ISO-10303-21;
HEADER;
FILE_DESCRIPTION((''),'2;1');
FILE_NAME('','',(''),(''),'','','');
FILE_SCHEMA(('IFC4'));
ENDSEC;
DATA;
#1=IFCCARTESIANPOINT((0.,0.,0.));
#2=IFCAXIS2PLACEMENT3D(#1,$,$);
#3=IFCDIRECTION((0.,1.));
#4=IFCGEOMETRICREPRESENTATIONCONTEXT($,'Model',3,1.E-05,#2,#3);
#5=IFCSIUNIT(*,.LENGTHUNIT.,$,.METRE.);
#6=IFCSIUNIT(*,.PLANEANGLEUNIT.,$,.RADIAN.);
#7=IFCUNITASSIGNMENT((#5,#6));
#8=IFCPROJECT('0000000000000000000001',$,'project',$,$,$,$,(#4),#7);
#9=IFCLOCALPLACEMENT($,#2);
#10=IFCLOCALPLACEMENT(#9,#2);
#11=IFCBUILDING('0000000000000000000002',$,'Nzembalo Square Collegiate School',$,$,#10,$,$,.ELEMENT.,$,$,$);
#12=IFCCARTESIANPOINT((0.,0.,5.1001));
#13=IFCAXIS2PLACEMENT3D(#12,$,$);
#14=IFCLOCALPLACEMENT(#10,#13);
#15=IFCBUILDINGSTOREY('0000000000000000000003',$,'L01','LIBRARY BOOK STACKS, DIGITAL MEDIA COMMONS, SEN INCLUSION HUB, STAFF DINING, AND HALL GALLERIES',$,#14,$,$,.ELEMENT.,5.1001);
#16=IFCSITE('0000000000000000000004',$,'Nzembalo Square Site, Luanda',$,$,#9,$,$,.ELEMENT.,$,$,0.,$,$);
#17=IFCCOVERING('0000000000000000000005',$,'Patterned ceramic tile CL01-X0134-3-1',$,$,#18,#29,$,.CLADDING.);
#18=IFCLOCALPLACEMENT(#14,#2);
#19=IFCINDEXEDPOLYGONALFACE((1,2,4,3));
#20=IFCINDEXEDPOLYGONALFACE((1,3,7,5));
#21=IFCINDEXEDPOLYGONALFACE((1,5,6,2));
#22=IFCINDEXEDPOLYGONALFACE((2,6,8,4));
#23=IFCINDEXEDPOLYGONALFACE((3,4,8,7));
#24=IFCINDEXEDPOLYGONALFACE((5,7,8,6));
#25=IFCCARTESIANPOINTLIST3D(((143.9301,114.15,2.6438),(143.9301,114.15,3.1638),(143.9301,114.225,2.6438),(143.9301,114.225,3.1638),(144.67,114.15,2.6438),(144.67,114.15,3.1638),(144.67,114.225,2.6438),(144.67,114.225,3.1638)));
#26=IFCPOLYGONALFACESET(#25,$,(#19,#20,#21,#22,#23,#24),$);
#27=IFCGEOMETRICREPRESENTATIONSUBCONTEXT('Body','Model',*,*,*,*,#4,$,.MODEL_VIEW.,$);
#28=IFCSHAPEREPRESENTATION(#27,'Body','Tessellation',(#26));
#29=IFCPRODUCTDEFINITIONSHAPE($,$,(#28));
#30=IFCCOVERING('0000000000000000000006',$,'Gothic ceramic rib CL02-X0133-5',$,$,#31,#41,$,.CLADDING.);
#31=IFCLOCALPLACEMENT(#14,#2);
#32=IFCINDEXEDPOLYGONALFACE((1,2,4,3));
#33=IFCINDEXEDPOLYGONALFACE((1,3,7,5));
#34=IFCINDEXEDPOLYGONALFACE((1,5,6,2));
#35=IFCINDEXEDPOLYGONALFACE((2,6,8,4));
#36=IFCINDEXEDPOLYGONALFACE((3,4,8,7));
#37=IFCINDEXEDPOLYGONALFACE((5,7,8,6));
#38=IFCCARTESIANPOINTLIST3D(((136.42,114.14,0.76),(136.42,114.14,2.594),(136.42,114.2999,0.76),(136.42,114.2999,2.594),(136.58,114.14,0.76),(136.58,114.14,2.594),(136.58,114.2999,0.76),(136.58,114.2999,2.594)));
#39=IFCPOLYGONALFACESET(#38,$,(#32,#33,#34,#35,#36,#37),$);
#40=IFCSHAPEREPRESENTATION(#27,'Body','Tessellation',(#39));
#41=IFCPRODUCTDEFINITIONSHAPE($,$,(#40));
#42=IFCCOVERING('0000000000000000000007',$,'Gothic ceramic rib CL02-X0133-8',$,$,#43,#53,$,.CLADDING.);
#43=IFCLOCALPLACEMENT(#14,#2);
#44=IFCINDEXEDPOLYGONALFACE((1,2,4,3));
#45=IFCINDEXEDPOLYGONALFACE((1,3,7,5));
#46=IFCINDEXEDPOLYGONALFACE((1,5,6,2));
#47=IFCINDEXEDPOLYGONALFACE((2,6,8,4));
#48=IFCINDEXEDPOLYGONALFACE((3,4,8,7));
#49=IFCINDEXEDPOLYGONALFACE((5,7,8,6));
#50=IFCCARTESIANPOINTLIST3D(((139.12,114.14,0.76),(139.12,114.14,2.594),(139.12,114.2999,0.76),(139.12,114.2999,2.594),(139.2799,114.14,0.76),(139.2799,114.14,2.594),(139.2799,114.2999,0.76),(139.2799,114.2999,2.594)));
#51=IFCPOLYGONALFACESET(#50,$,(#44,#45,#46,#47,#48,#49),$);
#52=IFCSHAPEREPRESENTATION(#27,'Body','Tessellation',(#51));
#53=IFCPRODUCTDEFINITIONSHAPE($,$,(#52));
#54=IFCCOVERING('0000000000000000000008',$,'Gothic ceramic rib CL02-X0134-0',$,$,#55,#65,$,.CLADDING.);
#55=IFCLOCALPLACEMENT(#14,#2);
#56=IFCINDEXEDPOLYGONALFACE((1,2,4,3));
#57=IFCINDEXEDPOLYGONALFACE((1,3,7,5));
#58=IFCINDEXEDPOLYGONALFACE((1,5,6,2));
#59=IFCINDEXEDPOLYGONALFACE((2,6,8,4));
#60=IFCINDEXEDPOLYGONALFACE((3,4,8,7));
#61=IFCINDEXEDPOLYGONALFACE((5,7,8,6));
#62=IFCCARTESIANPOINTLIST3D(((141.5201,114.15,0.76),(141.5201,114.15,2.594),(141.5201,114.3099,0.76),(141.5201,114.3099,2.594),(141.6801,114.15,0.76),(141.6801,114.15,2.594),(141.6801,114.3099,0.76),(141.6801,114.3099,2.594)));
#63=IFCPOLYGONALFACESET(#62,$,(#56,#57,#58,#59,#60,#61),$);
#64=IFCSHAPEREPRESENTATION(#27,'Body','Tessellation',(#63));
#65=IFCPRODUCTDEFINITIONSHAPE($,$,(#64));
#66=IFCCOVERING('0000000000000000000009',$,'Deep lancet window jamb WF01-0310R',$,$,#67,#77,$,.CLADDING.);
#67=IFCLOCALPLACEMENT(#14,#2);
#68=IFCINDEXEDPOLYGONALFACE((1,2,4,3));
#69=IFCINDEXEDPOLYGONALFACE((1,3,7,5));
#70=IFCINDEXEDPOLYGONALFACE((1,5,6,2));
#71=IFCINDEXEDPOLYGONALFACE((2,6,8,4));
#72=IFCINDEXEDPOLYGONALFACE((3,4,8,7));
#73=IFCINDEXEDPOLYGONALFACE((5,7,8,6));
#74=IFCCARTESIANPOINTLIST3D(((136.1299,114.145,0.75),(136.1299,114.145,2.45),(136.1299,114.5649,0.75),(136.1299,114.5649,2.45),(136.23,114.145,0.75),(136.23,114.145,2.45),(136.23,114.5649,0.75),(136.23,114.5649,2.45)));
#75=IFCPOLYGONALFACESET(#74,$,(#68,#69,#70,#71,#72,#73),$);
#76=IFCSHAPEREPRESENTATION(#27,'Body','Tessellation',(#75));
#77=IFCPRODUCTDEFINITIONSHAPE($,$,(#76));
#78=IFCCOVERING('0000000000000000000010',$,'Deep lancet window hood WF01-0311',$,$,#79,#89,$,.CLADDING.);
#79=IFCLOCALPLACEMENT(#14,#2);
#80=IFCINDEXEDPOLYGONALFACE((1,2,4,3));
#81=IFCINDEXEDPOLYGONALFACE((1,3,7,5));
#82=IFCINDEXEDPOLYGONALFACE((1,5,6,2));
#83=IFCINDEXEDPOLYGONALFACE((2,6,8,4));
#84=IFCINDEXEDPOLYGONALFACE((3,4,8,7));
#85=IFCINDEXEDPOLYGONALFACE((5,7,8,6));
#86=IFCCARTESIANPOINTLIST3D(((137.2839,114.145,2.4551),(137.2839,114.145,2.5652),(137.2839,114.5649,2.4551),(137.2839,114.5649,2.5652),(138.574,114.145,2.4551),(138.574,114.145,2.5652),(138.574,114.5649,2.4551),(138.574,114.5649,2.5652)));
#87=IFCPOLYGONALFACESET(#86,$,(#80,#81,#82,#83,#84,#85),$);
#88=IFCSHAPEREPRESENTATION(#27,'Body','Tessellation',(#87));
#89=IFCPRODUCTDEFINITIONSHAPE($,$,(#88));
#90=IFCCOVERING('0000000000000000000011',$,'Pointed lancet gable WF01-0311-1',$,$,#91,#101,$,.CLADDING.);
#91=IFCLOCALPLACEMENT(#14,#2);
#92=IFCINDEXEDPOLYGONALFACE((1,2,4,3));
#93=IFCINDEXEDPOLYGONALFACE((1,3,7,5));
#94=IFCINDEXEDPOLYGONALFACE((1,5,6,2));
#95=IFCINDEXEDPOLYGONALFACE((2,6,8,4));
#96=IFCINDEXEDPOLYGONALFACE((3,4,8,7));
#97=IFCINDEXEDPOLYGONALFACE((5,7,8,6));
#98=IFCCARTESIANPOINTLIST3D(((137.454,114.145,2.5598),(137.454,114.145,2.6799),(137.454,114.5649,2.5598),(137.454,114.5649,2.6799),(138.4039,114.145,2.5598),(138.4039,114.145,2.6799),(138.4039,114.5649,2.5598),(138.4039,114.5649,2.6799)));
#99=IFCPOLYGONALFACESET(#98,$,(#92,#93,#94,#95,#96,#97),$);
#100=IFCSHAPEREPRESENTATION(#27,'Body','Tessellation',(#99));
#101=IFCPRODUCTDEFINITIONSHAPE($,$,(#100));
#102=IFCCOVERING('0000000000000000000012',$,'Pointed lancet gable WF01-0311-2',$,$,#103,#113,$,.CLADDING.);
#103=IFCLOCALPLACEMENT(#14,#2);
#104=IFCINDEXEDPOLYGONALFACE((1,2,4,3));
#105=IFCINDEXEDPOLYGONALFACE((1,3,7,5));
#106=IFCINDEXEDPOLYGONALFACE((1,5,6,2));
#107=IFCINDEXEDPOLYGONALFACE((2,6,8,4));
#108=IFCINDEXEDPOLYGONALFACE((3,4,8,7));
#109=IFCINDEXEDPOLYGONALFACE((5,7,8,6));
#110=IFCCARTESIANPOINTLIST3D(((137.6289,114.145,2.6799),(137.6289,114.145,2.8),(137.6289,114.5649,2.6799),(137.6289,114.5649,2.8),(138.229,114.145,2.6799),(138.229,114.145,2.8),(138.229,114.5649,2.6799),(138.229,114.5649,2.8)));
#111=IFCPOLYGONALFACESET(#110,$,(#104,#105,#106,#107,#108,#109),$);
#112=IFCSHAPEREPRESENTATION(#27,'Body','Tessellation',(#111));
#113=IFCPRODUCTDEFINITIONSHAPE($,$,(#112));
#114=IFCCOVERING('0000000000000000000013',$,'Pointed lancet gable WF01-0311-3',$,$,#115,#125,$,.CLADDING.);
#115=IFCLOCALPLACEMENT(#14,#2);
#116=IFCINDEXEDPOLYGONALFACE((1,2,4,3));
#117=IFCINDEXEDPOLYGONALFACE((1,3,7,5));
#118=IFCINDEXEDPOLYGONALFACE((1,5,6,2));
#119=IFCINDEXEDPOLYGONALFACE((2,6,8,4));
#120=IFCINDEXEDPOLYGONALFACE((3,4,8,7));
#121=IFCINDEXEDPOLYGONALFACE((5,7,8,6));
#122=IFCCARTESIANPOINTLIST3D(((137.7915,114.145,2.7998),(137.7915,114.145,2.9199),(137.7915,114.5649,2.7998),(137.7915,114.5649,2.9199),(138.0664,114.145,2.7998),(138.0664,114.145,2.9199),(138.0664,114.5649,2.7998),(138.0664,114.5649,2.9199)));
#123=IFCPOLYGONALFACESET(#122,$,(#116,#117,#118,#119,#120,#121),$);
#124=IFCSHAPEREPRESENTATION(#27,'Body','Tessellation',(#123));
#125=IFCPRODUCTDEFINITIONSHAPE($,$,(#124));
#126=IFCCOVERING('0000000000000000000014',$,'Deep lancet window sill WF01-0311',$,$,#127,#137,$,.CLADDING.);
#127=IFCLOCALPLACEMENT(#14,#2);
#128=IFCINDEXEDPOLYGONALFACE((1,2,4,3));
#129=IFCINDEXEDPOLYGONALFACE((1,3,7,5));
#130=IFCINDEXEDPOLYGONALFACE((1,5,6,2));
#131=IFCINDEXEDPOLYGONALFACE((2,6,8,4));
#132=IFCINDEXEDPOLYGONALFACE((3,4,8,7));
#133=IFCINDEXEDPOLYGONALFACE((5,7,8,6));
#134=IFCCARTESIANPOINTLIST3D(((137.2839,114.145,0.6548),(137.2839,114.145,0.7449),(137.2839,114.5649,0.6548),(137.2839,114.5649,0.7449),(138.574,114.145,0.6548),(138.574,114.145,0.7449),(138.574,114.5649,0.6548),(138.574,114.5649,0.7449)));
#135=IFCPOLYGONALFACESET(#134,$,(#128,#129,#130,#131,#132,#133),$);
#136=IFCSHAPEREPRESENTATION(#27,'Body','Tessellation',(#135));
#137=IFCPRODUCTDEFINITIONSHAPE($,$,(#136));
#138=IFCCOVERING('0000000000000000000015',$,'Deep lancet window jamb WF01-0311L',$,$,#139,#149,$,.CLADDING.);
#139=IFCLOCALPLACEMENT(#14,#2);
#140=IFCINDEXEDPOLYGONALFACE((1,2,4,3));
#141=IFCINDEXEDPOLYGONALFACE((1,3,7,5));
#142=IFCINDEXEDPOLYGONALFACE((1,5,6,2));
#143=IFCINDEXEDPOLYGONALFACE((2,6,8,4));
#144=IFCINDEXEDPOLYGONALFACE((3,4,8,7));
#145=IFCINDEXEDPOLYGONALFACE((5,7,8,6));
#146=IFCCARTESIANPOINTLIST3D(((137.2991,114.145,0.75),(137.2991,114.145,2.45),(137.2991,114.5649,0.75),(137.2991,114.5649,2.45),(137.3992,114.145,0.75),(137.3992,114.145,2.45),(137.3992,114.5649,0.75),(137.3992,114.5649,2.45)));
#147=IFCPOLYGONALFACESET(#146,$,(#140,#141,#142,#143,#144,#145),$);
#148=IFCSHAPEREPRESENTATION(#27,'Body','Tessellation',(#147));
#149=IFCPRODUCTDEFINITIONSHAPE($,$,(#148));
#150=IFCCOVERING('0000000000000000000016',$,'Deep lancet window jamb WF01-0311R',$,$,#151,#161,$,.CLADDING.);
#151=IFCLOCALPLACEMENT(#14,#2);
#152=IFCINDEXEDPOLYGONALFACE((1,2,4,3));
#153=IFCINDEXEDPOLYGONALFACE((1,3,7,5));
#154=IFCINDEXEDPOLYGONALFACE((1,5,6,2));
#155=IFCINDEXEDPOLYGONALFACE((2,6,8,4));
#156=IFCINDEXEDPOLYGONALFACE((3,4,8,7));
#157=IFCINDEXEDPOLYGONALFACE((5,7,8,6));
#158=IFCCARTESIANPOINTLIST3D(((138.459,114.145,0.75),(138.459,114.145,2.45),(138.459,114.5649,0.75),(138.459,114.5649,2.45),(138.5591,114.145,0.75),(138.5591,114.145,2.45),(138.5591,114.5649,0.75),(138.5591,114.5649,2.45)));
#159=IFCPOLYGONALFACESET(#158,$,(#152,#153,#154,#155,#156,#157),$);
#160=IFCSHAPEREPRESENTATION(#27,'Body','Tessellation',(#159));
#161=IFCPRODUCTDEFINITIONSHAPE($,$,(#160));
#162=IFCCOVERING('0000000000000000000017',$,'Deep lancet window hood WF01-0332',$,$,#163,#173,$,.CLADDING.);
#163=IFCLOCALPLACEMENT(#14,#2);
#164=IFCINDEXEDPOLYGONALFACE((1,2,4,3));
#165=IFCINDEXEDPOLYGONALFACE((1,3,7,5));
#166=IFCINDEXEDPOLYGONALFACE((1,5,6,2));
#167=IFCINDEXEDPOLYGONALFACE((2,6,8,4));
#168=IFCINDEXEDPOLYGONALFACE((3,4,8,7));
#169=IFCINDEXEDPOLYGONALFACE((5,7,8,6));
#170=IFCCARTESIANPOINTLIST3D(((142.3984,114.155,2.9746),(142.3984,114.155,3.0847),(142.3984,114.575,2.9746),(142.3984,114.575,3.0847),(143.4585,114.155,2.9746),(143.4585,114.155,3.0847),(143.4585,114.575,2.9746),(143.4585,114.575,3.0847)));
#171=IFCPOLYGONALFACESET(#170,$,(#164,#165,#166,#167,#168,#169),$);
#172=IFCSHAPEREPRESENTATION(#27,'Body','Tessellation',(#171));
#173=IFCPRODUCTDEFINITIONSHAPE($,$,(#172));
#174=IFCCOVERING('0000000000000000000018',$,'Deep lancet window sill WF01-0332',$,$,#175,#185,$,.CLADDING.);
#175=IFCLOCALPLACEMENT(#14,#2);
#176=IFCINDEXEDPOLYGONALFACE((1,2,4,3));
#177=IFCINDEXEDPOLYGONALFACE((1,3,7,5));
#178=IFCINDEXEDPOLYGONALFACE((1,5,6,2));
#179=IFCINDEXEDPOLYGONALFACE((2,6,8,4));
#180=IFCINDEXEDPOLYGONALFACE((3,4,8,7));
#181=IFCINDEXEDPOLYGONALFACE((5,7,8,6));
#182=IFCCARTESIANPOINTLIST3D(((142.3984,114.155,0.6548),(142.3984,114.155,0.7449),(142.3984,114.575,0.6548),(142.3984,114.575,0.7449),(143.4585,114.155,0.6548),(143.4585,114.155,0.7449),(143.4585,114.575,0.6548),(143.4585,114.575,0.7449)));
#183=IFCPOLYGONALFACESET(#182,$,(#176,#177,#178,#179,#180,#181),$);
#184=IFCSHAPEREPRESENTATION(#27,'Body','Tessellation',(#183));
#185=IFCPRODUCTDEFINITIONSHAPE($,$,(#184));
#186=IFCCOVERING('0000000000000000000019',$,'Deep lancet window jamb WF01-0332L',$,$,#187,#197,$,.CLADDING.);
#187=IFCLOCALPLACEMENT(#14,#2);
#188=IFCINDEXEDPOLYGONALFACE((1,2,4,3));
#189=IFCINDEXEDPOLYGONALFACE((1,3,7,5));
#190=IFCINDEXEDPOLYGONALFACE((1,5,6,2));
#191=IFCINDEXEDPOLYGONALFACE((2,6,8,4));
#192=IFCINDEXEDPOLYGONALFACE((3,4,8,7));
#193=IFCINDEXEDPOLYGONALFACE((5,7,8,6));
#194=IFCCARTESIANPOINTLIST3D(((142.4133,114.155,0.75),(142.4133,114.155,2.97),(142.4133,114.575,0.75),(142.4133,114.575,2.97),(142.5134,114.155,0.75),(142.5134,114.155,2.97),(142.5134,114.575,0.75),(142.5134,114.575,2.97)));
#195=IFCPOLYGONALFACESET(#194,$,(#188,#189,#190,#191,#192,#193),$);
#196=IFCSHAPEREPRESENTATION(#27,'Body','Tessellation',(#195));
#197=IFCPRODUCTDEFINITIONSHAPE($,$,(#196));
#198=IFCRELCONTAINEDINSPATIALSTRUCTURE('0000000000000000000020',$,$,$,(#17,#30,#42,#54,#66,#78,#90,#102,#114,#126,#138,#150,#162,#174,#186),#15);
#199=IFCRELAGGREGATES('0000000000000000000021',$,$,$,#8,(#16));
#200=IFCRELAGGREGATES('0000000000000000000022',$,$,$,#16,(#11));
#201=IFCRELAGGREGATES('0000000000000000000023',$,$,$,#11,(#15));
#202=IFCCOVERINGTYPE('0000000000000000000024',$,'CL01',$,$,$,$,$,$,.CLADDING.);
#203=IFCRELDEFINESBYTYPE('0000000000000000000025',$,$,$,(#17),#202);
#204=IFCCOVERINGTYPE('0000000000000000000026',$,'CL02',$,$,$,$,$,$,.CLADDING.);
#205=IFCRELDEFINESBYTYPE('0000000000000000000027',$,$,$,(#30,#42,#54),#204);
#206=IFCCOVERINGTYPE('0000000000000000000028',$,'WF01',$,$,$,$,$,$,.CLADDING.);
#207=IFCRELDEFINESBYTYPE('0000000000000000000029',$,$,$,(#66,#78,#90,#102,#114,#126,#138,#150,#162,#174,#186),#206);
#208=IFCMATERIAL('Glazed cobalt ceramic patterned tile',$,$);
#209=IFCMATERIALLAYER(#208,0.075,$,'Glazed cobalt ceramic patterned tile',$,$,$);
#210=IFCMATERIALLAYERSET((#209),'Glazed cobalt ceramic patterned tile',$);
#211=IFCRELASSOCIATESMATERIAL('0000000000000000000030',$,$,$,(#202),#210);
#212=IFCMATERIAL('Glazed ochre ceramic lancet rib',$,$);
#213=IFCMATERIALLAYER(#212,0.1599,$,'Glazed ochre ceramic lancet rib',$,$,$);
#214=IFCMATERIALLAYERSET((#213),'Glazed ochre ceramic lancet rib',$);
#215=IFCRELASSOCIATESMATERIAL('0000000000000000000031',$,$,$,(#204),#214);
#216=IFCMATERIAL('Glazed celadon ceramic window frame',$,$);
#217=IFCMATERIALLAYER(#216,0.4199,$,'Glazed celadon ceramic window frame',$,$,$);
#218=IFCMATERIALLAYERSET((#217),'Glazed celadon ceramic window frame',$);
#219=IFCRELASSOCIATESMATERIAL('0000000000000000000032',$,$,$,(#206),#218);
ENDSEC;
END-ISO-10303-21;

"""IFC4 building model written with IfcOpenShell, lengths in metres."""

from ifc_helpers import new_model, si_unit, direction, frame, origin, origin_2d, place, context, subcontext, project, spatial, rectangle, extrude, material, layer, layer_set, type_object, element, save


model = new_model("IFC4")

# Units and contexts
model_context = context("Model", 3, precision=1e-05, world=origin(), true_north=direction((0.0, 1.0)))
body_context = subcontext(model_context, "Body", "Model", "MODEL_VIEW")
ifc_project = project(units=[si_unit("LENGTHUNIT", "METRE"), si_unit("PLANEANGLEUNIT", "RADIAN")], contexts=[model_context])

# Site, building, storey
site_placement = place(None, origin())
site = spatial("IfcSite", under=ifc_project, at=site_placement, Name="Nzembalo Square Site, Luanda", CompositionType="ELEMENT", RefElevation=0.0)
building_placement = place(site_placement, origin())
building = spatial("IfcBuilding", under=site, at=building_placement, Name="Nzembalo Square Collegiate School", CompositionType="ELEMENT")
storey_placement = place(building_placement, frame((0.0, 0.0, 5.1001)))
storey = spatial("IfcBuildingStorey", under=building, at=storey_placement, Name="L01", Description="LIBRARY BOOK STACKS, DIGITAL MEDIA COMMONS, SEN INCLUSION HUB, STAFF DINING, AND HALL GALLERIES", CompositionType="ELEMENT", Elevation=5.1001)

# Coverings
ifc_material_1 = material(Name="Glazed cobalt ceramic patterned tile")
ifc_layer_1 = layer(ifc_material_1, 0.075, Name="Glazed cobalt ceramic patterned tile")
ifc_layer_set_1 = layer_set([ifc_layer_1], Name="Glazed cobalt ceramic patterned tile")
covering_type_1 = type_object("IfcCoveringType", Name="CL01", PredefinedType="CLADDING", material=ifc_layer_set_1)
for number, where, z_axis, x_axis, name in (
    (1, (144.3, 114.1875, 2.6438), (0.0, 0.0, 1.0), (1.0, 0.0, 0.0), "Patterned ceramic tile CL01-X0134-3-1"),
):
    element("IfcCovering", number, at=place(storey_placement, frame(where, z_axis=z_axis, x_axis=x_axis)), inside=storey, type_object=covering_type_1, Name=name, PredefinedType="CLADDING", context=body_context, shape_type="SweptSolid", body=[
        extrude(rectangle(XDim=0.74, YDim=0.075, at=origin_2d()), origin(), (0.0, 0.0, 1.0), 0.52),
    ])
ifc_material_2 = material(Name="Glazed ochre ceramic lancet rib")
ifc_layer_2 = layer(ifc_material_2, 0.1599, Name="Glazed ochre ceramic lancet rib")
ifc_layer_set_2 = layer_set([ifc_layer_2], Name="Glazed ochre ceramic lancet rib")
covering_type_2 = type_object("IfcCoveringType", Name="CL02", PredefinedType="CLADDING", material=ifc_layer_set_2)
for number, where, z_axis, x_axis, name in (
    (2, (136.5, 114.22, 0.76), (0.0, 0.0, 1.0), (1.0, 0.0, 0.0), "Gothic ceramic rib CL02-X0133-5"),
    (3, (139.2, 114.22, 0.76), (0.0, 0.0, 1.0), (1.0, 0.0, 0.0), "Gothic ceramic rib CL02-X0133-8"),
    (4, (141.6001, 114.23, 0.76), (0.0, 0.0, 1.0), (1.0, 0.0, 0.0), "Gothic ceramic rib CL02-X0134-0"),
):
    element("IfcCovering", number, at=place(storey_placement, frame(where, z_axis=z_axis, x_axis=x_axis)), inside=storey, type_object=covering_type_2, Name=name, PredefinedType="CLADDING", context=body_context, shape_type="SweptSolid", body=[
        extrude(rectangle(XDim=0.1599, YDim=0.1599, at=origin_2d()), origin(), (0.0, 0.0, 1.0), 1.834),
    ])
ifc_material_3 = material(Name="Glazed celadon ceramic window frame")
ifc_layer_3 = layer(ifc_material_3, 0.4199, Name="Glazed celadon ceramic window frame")
ifc_layer_set_3 = layer_set([ifc_layer_3], Name="Glazed celadon ceramic window frame")
covering_type_3 = type_object("IfcCoveringType", Name="WF01", PredefinedType="CLADDING", material=ifc_layer_set_3)
covering_1_placement = place(storey_placement, frame((136.1799, 114.355, 0.75), z_axis=(0.0, 0.0, 1.0), x_axis=(1.0, 0.0, 0.0)))
element("IfcCovering", 5, at=covering_1_placement, inside=storey, type_object=covering_type_3, Name="Deep lancet window jamb WF01-0310R", PredefinedType="CLADDING", context=body_context, shape_type="SweptSolid", body=[
    extrude(rectangle(XDim=0.1001, YDim=0.4199, at=origin_2d()), origin(), (0.0, 0.0, 1.0), 1.7),
])
covering_2_placement = place(storey_placement, frame((137.929, 114.355, 2.4551), z_axis=(0.0, 0.0, 1.0), x_axis=(1.0, 0.0, 0.0)))
element("IfcCovering", 6, at=covering_2_placement, inside=storey, type_object=covering_type_3, Name="Deep lancet window hood WF01-0311", PredefinedType="CLADDING", context=body_context, shape_type="SweptSolid", body=[
    extrude(rectangle(XDim=1.29, YDim=0.4199, at=origin_2d()), origin(), (0.0, 0.0, 1.0), 0.1101),
])
covering_3_placement = place(storey_placement, frame((137.929, 114.355, 2.5598), z_axis=(0.0, 0.0, 1.0), x_axis=(1.0, 0.0, 0.0)))
element("IfcCovering", 7, at=covering_3_placement, inside=storey, type_object=covering_type_3, Name="Pointed lancet gable WF01-0311-1", PredefinedType="CLADDING", context=body_context, shape_type="SweptSolid", body=[
    extrude(rectangle(XDim=0.95, YDim=0.4199, at=origin_2d()), origin(), (0.0, 0.0, 1.0), 0.1201),
])
covering_4_placement = place(storey_placement, frame((137.929, 114.355, 2.6799), z_axis=(0.0, 0.0, 1.0), x_axis=(1.0, 0.0, 0.0)))
element("IfcCovering", 8, at=covering_4_placement, inside=storey, type_object=covering_type_3, Name="Pointed lancet gable WF01-0311-2", PredefinedType="CLADDING", context=body_context, shape_type="SweptSolid", body=[
    extrude(rectangle(XDim=0.6001, YDim=0.4199, at=origin_2d()), origin(), (0.0, 0.0, 1.0), 0.1201),
])
covering_5_placement = place(storey_placement, frame((137.929, 114.355, 2.7998), z_axis=(0.0, 0.0, 1.0), x_axis=(1.0, 0.0, 0.0)))
element("IfcCovering", 9, at=covering_5_placement, inside=storey, type_object=covering_type_3, Name="Pointed lancet gable WF01-0311-3", PredefinedType="CLADDING", context=body_context, shape_type="SweptSolid", body=[
    extrude(rectangle(XDim=0.2749, YDim=0.4199, at=origin_2d()), origin(), (0.0, 0.0, 1.0), 0.1201),
])
covering_6_placement = place(storey_placement, frame((137.929, 114.355, 0.6548), z_axis=(0.0, 0.0, 1.0), x_axis=(1.0, 0.0, 0.0)))
element("IfcCovering", 10, at=covering_6_placement, inside=storey, type_object=covering_type_3, Name="Deep lancet window sill WF01-0311", PredefinedType="CLADDING", context=body_context, shape_type="SweptSolid", body=[
    extrude(rectangle(XDim=1.29, YDim=0.4199, at=origin_2d()), origin(), (0.0, 0.0, 1.0), 0.0901),
])
for number, where, z_axis, x_axis, name in (
    (11, (137.3491, 114.355, 0.75), (0.0, 0.0, 1.0), (1.0, 0.0, 0.0), "Deep lancet window jamb WF01-0311L"),
    (12, (138.509, 114.355, 0.75), (0.0, 0.0, 1.0), (1.0, 0.0, 0.0), "Deep lancet window jamb WF01-0311R"),
):
    element("IfcCovering", number, at=place(storey_placement, frame(where, z_axis=z_axis, x_axis=x_axis)), inside=storey, type_object=covering_type_3, Name=name, PredefinedType="CLADDING", context=body_context, shape_type="SweptSolid", body=[
        extrude(rectangle(XDim=0.1001, YDim=0.4199, at=origin_2d()), origin(), (0.0, 0.0, 1.0), 1.7),
    ])
covering_7_placement = place(storey_placement, frame((142.9285, 114.365, 2.9746), z_axis=(0.0, 0.0, 1.0), x_axis=(1.0, 0.0, 0.0)))
element("IfcCovering", 13, at=covering_7_placement, inside=storey, type_object=covering_type_3, Name="Deep lancet window hood WF01-0332", PredefinedType="CLADDING", context=body_context, shape_type="SweptSolid", body=[
    extrude(rectangle(XDim=1.0601, YDim=0.4199, at=origin_2d()), origin(), (0.0, 0.0, 1.0), 0.1101),
])
covering_8_placement = place(storey_placement, frame((142.9285, 114.365, 0.6548), z_axis=(0.0, 0.0, 1.0), x_axis=(1.0, 0.0, 0.0)))
element("IfcCovering", 14, at=covering_8_placement, inside=storey, type_object=covering_type_3, Name="Deep lancet window sill WF01-0332", PredefinedType="CLADDING", context=body_context, shape_type="SweptSolid", body=[
    extrude(rectangle(XDim=1.0601, YDim=0.4199, at=origin_2d()), origin(), (0.0, 0.0, 1.0), 0.0901),
])
for number, where, z_axis, x_axis, name in (
    (15, (142.4634, 114.365, 0.75), (0.0, 0.0, 1.0), (1.0, 0.0, 0.0), "Deep lancet window jamb WF01-0332L"),
):
    element("IfcCovering", number, at=place(storey_placement, frame(where, z_axis=z_axis, x_axis=x_axis)), inside=storey, type_object=covering_type_3, Name=name, PredefinedType="CLADDING", context=body_context, shape_type="SweptSolid", body=[
        extrude(rectangle(XDim=0.1001, YDim=0.4199, at=origin_2d()), origin(), (0.0, 0.0, 1.0), 2.22),
    ])

save(model, "model.ifc")
